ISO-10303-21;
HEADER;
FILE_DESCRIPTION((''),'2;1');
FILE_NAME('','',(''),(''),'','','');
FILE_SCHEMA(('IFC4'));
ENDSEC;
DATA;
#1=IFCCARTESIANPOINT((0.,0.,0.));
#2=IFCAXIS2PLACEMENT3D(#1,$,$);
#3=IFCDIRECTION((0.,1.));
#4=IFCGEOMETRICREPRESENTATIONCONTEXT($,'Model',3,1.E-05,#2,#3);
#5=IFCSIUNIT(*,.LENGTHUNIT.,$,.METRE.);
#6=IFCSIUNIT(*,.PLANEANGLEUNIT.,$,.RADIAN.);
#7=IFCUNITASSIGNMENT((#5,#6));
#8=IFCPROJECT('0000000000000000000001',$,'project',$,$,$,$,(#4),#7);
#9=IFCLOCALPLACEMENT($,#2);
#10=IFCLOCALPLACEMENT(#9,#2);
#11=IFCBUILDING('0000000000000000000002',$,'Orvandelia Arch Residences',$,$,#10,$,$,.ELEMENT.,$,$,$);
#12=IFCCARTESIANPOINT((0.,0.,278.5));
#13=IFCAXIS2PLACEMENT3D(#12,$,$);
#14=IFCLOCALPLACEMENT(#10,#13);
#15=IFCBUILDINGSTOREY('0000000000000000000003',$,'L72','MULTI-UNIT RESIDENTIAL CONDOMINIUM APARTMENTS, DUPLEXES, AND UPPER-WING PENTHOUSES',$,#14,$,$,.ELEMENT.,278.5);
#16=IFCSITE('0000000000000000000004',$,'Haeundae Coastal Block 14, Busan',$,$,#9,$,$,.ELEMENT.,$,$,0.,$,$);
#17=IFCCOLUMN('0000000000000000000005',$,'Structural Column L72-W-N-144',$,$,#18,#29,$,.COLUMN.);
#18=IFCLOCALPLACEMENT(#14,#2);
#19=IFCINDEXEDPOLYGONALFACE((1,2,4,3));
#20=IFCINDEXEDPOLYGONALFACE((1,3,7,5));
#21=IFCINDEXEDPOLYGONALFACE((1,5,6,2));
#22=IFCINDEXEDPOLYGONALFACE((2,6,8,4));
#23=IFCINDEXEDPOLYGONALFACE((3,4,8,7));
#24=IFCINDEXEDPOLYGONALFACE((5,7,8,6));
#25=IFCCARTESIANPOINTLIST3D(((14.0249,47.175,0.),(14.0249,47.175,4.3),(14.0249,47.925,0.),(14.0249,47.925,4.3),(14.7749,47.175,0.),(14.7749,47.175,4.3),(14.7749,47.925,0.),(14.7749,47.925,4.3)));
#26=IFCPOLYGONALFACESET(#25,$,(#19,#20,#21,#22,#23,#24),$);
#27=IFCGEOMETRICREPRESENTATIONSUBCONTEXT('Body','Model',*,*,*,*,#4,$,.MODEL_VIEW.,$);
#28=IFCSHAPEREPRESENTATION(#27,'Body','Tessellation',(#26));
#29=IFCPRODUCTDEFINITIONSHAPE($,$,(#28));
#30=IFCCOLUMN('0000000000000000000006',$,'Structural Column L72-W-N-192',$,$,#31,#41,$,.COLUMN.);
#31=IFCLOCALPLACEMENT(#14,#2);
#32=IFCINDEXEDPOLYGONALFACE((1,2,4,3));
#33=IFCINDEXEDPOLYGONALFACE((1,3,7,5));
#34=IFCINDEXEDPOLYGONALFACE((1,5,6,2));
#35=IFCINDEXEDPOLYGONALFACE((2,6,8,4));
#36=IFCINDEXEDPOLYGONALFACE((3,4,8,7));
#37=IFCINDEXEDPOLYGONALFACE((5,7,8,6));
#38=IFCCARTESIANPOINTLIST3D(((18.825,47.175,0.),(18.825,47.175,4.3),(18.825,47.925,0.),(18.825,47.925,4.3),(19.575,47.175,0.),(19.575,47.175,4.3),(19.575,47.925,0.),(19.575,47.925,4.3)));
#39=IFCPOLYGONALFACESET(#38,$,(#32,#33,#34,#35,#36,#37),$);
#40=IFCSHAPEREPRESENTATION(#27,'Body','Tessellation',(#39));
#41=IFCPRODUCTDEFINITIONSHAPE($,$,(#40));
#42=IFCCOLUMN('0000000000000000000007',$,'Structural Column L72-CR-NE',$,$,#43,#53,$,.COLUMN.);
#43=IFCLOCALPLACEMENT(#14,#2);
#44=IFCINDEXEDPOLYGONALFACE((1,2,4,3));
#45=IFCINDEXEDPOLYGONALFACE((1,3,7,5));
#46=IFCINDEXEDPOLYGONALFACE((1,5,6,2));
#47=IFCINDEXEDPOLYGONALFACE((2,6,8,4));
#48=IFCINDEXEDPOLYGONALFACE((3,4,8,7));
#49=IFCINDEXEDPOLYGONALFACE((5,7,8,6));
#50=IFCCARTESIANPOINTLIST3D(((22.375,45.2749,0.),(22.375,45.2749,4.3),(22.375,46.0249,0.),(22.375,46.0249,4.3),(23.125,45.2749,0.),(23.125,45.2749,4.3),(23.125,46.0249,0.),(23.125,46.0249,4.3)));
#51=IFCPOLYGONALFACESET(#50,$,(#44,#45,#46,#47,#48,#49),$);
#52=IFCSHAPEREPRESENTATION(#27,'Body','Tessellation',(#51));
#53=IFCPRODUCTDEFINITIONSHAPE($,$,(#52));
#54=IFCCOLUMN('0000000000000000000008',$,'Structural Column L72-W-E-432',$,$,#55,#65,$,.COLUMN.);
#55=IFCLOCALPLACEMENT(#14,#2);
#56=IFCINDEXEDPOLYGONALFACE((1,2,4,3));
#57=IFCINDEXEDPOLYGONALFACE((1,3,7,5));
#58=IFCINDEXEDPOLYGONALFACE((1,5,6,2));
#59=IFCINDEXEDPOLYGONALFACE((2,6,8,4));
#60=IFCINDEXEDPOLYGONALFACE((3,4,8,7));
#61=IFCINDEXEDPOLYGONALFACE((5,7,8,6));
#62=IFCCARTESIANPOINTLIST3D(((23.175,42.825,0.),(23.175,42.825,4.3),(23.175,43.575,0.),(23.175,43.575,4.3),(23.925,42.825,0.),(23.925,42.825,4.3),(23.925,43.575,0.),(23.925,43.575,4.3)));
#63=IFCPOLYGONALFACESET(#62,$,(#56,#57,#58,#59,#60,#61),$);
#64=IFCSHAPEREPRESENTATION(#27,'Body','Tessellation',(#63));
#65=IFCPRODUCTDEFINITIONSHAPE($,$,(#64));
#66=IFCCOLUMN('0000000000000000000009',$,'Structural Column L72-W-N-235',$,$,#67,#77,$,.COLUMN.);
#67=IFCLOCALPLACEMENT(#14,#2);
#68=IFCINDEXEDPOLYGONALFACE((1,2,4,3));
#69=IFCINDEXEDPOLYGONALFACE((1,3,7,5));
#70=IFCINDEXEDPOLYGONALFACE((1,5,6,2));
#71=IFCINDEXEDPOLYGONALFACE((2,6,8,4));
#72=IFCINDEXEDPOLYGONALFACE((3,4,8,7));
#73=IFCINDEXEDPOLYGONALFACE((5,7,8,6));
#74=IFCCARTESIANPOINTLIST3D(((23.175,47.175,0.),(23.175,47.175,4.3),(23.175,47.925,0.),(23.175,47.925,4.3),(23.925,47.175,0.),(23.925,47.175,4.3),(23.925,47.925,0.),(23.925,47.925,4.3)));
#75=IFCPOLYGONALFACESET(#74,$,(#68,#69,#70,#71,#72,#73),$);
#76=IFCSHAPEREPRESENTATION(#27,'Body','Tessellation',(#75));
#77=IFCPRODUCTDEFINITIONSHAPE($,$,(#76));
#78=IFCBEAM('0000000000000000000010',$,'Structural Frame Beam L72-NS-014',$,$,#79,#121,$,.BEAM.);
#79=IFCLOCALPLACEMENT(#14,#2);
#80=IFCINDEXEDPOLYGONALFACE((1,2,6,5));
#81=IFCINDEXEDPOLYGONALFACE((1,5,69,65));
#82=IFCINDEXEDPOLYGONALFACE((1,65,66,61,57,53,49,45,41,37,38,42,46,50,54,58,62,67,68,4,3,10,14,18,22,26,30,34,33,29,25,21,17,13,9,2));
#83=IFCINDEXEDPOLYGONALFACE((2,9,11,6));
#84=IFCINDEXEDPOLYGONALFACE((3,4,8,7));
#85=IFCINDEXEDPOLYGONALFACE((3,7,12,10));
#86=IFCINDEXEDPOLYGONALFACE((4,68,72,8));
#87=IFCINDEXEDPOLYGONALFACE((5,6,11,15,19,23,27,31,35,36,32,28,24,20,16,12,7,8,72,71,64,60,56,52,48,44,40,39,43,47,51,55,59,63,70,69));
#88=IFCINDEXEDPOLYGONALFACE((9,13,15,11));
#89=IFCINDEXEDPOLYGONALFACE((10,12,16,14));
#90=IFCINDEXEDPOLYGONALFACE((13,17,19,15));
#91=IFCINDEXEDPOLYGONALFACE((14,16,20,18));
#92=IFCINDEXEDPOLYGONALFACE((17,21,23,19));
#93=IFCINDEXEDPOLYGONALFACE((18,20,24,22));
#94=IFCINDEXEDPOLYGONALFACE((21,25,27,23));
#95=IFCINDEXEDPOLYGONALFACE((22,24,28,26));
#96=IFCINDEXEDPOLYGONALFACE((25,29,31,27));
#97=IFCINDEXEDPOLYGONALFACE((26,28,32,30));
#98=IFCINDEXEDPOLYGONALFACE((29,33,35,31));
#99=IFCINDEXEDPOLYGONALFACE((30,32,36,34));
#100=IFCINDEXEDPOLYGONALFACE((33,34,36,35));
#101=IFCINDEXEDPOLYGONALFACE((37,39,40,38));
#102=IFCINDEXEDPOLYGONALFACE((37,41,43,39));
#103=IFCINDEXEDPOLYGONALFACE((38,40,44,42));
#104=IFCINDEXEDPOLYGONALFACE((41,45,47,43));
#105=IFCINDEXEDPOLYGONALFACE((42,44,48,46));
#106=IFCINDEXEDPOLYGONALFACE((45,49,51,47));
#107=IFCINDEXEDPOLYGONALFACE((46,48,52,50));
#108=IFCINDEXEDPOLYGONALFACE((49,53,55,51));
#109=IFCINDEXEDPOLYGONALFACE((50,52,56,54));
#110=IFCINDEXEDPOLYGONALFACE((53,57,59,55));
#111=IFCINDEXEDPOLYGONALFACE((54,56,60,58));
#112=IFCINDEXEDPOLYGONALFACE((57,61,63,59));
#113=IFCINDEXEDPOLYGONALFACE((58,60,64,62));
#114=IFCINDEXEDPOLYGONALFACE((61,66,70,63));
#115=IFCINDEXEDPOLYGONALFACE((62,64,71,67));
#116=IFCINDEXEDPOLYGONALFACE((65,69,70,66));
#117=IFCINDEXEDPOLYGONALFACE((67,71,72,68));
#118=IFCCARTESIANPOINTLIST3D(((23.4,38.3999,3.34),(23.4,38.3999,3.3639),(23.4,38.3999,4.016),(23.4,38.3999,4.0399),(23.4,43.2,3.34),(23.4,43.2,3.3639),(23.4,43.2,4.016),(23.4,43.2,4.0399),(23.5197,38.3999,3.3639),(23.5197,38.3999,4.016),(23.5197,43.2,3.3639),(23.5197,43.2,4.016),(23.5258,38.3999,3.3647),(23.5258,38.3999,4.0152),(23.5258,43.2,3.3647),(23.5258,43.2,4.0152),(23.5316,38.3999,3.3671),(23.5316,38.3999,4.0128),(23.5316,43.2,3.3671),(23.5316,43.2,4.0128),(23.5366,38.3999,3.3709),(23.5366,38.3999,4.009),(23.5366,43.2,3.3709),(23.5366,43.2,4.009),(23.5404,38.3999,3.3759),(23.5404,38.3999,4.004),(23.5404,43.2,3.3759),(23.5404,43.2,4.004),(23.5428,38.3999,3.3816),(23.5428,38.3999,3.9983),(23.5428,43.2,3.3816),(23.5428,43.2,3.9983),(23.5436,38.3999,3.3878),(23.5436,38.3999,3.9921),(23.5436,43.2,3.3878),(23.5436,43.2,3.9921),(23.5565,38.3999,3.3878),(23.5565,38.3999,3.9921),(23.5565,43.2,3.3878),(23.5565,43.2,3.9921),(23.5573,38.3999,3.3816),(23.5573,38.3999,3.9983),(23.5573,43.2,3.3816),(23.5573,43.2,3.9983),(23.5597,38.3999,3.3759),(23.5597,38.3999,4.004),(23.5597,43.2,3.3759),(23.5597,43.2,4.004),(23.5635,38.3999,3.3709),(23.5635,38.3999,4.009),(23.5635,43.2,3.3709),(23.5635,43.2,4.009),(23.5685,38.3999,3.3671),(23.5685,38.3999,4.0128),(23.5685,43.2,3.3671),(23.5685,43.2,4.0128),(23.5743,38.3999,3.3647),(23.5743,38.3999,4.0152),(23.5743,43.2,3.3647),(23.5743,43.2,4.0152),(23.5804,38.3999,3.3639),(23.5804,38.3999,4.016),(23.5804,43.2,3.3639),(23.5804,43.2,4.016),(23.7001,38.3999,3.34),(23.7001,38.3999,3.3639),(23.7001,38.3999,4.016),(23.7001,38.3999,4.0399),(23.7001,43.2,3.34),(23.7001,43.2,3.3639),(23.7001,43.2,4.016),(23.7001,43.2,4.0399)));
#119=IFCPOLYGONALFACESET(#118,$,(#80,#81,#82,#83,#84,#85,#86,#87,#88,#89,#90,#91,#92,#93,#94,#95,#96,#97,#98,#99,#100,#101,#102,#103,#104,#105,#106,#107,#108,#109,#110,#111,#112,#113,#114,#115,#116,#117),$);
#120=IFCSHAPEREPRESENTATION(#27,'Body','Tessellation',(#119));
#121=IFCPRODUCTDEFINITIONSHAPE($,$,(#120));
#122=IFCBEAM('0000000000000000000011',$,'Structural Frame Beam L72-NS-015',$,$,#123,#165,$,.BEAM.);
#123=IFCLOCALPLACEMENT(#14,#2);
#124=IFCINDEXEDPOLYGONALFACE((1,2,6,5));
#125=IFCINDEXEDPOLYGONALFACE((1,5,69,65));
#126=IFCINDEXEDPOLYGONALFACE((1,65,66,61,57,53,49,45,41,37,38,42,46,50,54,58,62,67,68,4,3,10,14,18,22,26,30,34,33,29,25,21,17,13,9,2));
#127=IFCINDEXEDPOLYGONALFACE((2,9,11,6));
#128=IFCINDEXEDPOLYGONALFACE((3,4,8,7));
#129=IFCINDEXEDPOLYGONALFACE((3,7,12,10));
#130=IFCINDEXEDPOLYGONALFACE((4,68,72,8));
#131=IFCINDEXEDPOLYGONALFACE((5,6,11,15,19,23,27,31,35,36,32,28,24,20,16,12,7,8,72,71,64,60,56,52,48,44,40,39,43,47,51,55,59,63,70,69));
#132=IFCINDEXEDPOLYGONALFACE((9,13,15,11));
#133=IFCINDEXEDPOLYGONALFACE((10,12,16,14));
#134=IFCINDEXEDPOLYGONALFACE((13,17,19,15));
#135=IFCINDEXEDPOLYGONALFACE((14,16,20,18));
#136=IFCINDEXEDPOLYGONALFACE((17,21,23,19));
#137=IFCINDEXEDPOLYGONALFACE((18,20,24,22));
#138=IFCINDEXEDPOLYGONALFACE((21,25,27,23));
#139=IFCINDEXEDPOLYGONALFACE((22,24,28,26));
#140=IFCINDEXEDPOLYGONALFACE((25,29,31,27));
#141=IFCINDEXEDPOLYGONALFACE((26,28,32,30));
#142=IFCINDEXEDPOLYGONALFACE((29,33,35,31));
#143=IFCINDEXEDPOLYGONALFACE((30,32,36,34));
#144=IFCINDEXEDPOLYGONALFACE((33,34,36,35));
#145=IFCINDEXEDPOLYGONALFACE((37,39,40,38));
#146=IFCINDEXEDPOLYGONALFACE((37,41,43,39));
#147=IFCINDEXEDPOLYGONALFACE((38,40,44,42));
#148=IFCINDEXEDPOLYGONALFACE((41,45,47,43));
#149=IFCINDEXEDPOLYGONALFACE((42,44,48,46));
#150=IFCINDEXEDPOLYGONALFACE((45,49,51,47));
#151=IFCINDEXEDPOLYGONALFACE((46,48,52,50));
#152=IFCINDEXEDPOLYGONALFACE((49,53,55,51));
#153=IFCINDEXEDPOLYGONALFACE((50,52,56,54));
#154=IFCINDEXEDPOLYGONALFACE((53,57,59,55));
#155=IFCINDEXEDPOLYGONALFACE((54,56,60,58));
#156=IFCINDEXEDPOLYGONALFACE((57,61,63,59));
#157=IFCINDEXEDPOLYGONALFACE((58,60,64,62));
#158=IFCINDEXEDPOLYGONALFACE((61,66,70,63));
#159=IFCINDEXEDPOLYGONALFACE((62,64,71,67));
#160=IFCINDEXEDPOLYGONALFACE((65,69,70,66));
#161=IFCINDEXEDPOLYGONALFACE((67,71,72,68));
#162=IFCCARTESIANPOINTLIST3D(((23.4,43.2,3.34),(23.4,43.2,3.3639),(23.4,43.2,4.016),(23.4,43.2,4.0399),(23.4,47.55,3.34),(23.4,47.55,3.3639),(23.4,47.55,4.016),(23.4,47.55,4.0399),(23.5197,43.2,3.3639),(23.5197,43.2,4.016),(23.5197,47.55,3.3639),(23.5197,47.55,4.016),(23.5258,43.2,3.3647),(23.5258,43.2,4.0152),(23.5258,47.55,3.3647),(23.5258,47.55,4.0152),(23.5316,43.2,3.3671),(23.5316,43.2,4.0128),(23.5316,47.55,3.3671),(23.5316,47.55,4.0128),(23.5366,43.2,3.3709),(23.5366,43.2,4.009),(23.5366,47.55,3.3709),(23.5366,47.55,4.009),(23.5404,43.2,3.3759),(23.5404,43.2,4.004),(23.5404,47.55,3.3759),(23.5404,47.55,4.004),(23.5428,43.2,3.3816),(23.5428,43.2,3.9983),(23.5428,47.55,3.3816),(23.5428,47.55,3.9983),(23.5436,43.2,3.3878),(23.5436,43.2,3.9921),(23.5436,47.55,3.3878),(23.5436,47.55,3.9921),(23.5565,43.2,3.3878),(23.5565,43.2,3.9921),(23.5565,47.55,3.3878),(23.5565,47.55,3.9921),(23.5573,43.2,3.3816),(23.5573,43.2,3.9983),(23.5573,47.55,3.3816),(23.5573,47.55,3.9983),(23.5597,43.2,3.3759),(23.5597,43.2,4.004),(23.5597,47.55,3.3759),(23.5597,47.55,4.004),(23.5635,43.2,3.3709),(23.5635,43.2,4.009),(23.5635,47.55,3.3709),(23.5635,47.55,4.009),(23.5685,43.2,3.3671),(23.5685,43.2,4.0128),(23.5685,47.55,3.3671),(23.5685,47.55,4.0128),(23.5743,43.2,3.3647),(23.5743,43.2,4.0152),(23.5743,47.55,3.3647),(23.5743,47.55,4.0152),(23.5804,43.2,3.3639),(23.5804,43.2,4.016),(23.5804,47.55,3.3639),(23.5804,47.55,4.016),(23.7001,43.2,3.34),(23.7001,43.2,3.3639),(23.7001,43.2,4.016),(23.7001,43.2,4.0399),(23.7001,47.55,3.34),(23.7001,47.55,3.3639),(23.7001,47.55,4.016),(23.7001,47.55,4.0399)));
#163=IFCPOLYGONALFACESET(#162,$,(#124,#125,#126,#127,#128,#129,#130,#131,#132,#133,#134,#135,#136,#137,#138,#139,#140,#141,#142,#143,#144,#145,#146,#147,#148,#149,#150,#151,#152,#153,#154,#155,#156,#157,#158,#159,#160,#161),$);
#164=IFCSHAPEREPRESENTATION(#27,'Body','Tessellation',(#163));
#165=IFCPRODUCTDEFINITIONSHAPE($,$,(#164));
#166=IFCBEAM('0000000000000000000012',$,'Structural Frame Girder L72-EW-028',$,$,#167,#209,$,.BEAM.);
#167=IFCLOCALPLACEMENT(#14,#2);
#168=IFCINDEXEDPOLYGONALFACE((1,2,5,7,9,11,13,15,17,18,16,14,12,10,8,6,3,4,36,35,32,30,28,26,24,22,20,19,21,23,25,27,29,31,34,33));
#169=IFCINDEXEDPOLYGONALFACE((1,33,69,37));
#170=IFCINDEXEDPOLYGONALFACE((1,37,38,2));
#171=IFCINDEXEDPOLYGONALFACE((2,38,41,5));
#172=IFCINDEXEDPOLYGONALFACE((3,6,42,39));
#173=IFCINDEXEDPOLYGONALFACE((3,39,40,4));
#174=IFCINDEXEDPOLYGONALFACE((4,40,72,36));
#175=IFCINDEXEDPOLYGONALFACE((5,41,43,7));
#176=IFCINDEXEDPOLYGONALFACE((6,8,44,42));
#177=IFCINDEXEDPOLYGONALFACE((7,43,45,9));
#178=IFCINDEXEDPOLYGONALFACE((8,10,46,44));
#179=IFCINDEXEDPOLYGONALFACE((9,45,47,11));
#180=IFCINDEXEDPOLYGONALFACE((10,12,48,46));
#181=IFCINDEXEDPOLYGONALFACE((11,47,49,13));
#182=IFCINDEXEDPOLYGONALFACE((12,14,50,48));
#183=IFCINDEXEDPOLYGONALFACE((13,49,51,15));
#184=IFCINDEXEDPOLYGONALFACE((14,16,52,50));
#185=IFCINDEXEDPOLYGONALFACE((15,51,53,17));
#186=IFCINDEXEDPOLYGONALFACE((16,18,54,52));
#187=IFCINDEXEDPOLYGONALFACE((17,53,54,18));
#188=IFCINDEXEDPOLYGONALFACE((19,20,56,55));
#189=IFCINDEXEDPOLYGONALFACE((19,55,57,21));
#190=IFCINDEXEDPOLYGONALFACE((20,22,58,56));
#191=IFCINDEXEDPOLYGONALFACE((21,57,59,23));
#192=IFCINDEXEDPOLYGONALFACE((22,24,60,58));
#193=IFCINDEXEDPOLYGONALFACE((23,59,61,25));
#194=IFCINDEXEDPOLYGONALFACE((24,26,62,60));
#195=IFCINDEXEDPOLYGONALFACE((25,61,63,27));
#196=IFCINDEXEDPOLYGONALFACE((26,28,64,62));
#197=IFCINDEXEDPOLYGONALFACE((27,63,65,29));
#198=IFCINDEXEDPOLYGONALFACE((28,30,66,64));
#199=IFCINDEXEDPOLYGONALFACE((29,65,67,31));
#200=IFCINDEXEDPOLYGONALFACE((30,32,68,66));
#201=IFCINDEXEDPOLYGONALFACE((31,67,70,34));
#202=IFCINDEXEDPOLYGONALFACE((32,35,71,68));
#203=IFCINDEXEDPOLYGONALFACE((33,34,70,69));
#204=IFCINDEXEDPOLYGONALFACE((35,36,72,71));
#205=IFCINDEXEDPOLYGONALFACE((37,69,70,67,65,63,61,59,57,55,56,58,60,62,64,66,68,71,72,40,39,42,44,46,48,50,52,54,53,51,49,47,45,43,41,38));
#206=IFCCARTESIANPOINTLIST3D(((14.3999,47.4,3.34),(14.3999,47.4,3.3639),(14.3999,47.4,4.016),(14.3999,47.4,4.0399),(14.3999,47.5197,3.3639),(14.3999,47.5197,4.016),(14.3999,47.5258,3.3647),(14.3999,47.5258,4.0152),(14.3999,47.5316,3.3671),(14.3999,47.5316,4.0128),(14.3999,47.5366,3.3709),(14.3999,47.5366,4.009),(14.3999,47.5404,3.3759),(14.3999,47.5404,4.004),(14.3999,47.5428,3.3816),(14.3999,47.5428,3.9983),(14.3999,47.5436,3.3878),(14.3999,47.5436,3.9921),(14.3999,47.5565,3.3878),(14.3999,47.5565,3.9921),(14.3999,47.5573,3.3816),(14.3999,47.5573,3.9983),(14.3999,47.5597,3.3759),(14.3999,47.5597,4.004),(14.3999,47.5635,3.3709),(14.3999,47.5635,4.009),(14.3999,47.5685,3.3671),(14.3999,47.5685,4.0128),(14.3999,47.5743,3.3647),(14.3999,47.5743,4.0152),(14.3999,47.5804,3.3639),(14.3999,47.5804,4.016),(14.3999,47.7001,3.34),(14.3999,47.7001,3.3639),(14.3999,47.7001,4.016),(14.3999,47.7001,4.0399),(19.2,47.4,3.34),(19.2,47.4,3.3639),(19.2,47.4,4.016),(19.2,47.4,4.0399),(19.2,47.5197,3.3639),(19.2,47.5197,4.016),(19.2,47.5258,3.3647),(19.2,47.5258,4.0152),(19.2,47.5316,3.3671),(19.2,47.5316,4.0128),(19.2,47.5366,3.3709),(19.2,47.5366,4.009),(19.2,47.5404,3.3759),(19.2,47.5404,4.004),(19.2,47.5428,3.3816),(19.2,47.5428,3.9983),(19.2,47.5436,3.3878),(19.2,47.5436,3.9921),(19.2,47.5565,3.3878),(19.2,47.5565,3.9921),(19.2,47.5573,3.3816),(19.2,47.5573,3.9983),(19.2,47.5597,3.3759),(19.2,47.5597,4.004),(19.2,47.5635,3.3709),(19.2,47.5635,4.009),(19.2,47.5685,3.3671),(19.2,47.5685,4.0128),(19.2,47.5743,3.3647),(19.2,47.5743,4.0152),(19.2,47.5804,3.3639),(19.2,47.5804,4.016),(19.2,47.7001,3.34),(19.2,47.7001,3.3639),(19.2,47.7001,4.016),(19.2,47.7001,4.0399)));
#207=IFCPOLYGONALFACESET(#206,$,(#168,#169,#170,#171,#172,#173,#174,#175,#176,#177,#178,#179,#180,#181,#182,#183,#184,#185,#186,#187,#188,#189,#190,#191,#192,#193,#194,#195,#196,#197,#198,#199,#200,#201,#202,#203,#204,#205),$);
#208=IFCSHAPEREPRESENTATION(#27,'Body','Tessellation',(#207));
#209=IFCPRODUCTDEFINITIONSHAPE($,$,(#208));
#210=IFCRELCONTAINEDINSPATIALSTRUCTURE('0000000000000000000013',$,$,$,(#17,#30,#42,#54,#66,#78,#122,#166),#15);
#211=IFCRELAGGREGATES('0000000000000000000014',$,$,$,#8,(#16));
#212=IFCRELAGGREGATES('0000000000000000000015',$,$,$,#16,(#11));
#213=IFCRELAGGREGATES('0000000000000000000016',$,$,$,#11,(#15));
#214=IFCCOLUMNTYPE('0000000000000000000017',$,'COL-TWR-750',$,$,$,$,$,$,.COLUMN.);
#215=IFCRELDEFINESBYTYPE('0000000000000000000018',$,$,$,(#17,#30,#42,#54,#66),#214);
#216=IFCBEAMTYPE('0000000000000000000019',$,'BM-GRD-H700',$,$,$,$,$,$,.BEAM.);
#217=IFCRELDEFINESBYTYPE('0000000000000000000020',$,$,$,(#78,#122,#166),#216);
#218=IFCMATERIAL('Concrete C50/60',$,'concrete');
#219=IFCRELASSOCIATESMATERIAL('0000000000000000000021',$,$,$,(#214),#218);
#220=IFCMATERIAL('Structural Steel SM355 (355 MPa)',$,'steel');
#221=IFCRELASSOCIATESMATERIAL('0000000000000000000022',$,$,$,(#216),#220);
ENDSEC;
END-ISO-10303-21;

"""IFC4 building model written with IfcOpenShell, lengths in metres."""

from ifc_helpers import new_model, si_unit, direction, frame, origin, origin_2d, place, context, subcontext, project, spatial, rectangle, i_section, extrude, material, material_profile, profile_set, type_object, element, save


model = new_model("IFC4")

# Units and contexts
model_context = context("Model", 3, precision=1e-05, world=origin(), true_north=direction((0.0, 1.0)))
body_context = subcontext(model_context, "Body", "Model", "MODEL_VIEW")
ifc_project = project(units=[si_unit("LENGTHUNIT", "METRE"), si_unit("PLANEANGLEUNIT", "RADIAN")], contexts=[model_context])

# Site, building, storey
site_placement = place(None, origin())
site = spatial("IfcSite", under=ifc_project, at=site_placement, Name="Haeundae Coastal Block 14, Busan", CompositionType="ELEMENT", RefElevation=0.0)
building_placement = place(site_placement, origin())
building = spatial("IfcBuilding", under=site, at=building_placement, Name="Orvandelia Arch Residences", CompositionType="ELEMENT")
storey_placement = place(building_placement, frame((0.0, 0.0, 278.5)))
storey = spatial("IfcBuildingStorey", under=building, at=storey_placement, Name="L72", Description="MULTI-UNIT RESIDENTIAL CONDOMINIUM APARTMENTS, DUPLEXES, AND UPPER-WING PENTHOUSES", CompositionType="ELEMENT", Elevation=278.5)

# Columns
ifc_material_1 = material(Name="Concrete C50/60", Category="concrete")
ifc_material_profile_1 = material_profile(ifc_material_1, rectangle(XDim=0.75, YDim=0.75, at=origin_2d()), Name="Concrete C50/60", Category="concrete")
ifc_profile_set_1 = profile_set([ifc_material_profile_1], Name="Concrete C50/60")
column_type = type_object("IfcColumnType", Name="COL-TWR-750", PredefinedType="COLUMN", material=ifc_profile_set_1)
for number, where, z_axis, x_axis, name in (
    (1, (14.3999, 47.55, 0.0), (0.0, 0.0, 1.0), (1.0, 0.0, 0.0), "Structural Column L72-W-N-144"),
    (2, (19.2, 47.55, 0.0), (0.0, 0.0, 1.0), (1.0, 0.0, 0.0), "Structural Column L72-W-N-192"),
    (3, (22.75, 45.6499, 0.0), (0.0, 0.0, 1.0), (1.0, 0.0, 0.0), "Structural Column L72-CR-NE"),
    (4, (23.55, 43.2, 0.0), (0.0, 0.0, 1.0), (1.0, 0.0, 0.0), "Structural Column L72-W-E-432"),
    (5, (23.55, 47.55, 0.0), (0.0, 0.0, 1.0), (1.0, 0.0, 0.0), "Structural Column L72-W-N-235"),
):
    element("IfcColumn", number, at=place(storey_placement, frame(where, z_axis=z_axis, x_axis=x_axis)), inside=storey, type_object=column_type, Name=name, PredefinedType="COLUMN", context=body_context, shape_type="SweptSolid", body=[
        extrude(rectangle(XDim=0.75, YDim=0.75, at=origin_2d()), origin(), (0.0, 0.0, 1.0), 4.3),
    ])

# Beams
ifc_material_2 = material(Name="Structural Steel SM355 (355 MPa)", Category="steel")
ifc_material_profile_2 = material_profile(ifc_material_2, i_section(OverallWidth=0.3, OverallDepth=0.7, WebThickness=0.0129, FlangeThickness=0.0239, FilletRadius=0.0239, at=origin_2d()), Name="Structural Steel SM355 (355 MPa)", Category="steel")
ifc_profile_set_2 = profile_set([ifc_material_profile_2], Name="Structural Steel SM355 (355 MPa)")
beam_type = type_object("IfcBeamType", Name="BM-GRD-H700", PredefinedType="BEAM", material=ifc_profile_set_2)
beam_1_placement = place(storey_placement, frame((23.55, 38.3999, 3.6899), z_axis=(0.0, 1.0, 0.0), x_axis=(-1.0, 0.0, 0.0)))
element("IfcBeam", 6, at=beam_1_placement, inside=storey, type_object=beam_type, Name="Structural Frame Beam L72-NS-014", PredefinedType="BEAM", context=body_context, shape_type="SweptSolid", body=[
    extrude(i_section(OverallWidth=0.3, OverallDepth=0.7, WebThickness=0.0129, FlangeThickness=0.0239, FilletRadius=0.0239, at=origin_2d()), origin(), (0.0, 0.0, 1.0), 4.8),
])
beam_2_placement = place(storey_placement, frame((23.55, 43.2, 3.6899), z_axis=(0.0, 1.0, 0.0), x_axis=(-1.0, 0.0, 0.0)))
element("IfcBeam", 7, at=beam_2_placement, inside=storey, type_object=beam_type, Name="Structural Frame Beam L72-NS-015", PredefinedType="BEAM", context=body_context, shape_type="SweptSolid", body=[
    extrude(i_section(OverallWidth=0.3, OverallDepth=0.7, WebThickness=0.0129, FlangeThickness=0.0239, FilletRadius=0.0239, at=origin_2d()), origin(), (0.0, 0.0, 1.0), 4.3501),
])
beam_3_placement = place(storey_placement, frame((14.3999, 47.55, 3.6899), z_axis=(1.0, 0.0, 0.0), x_axis=(0.0, 1.0, 0.0)))
element("IfcBeam", 8, at=beam_3_placement, inside=storey, type_object=beam_type, Name="Structural Frame Girder L72-EW-028", PredefinedType="BEAM", context=body_context, shape_type="SweptSolid", body=[
    extrude(i_section(OverallWidth=0.3, OverallDepth=0.7, WebThickness=0.0129, FlangeThickness=0.0239, FilletRadius=0.0239, at=origin_2d()), origin(), (0.0, 0.0, 1.0), 4.8),
])

save(model, "model.ifc")
